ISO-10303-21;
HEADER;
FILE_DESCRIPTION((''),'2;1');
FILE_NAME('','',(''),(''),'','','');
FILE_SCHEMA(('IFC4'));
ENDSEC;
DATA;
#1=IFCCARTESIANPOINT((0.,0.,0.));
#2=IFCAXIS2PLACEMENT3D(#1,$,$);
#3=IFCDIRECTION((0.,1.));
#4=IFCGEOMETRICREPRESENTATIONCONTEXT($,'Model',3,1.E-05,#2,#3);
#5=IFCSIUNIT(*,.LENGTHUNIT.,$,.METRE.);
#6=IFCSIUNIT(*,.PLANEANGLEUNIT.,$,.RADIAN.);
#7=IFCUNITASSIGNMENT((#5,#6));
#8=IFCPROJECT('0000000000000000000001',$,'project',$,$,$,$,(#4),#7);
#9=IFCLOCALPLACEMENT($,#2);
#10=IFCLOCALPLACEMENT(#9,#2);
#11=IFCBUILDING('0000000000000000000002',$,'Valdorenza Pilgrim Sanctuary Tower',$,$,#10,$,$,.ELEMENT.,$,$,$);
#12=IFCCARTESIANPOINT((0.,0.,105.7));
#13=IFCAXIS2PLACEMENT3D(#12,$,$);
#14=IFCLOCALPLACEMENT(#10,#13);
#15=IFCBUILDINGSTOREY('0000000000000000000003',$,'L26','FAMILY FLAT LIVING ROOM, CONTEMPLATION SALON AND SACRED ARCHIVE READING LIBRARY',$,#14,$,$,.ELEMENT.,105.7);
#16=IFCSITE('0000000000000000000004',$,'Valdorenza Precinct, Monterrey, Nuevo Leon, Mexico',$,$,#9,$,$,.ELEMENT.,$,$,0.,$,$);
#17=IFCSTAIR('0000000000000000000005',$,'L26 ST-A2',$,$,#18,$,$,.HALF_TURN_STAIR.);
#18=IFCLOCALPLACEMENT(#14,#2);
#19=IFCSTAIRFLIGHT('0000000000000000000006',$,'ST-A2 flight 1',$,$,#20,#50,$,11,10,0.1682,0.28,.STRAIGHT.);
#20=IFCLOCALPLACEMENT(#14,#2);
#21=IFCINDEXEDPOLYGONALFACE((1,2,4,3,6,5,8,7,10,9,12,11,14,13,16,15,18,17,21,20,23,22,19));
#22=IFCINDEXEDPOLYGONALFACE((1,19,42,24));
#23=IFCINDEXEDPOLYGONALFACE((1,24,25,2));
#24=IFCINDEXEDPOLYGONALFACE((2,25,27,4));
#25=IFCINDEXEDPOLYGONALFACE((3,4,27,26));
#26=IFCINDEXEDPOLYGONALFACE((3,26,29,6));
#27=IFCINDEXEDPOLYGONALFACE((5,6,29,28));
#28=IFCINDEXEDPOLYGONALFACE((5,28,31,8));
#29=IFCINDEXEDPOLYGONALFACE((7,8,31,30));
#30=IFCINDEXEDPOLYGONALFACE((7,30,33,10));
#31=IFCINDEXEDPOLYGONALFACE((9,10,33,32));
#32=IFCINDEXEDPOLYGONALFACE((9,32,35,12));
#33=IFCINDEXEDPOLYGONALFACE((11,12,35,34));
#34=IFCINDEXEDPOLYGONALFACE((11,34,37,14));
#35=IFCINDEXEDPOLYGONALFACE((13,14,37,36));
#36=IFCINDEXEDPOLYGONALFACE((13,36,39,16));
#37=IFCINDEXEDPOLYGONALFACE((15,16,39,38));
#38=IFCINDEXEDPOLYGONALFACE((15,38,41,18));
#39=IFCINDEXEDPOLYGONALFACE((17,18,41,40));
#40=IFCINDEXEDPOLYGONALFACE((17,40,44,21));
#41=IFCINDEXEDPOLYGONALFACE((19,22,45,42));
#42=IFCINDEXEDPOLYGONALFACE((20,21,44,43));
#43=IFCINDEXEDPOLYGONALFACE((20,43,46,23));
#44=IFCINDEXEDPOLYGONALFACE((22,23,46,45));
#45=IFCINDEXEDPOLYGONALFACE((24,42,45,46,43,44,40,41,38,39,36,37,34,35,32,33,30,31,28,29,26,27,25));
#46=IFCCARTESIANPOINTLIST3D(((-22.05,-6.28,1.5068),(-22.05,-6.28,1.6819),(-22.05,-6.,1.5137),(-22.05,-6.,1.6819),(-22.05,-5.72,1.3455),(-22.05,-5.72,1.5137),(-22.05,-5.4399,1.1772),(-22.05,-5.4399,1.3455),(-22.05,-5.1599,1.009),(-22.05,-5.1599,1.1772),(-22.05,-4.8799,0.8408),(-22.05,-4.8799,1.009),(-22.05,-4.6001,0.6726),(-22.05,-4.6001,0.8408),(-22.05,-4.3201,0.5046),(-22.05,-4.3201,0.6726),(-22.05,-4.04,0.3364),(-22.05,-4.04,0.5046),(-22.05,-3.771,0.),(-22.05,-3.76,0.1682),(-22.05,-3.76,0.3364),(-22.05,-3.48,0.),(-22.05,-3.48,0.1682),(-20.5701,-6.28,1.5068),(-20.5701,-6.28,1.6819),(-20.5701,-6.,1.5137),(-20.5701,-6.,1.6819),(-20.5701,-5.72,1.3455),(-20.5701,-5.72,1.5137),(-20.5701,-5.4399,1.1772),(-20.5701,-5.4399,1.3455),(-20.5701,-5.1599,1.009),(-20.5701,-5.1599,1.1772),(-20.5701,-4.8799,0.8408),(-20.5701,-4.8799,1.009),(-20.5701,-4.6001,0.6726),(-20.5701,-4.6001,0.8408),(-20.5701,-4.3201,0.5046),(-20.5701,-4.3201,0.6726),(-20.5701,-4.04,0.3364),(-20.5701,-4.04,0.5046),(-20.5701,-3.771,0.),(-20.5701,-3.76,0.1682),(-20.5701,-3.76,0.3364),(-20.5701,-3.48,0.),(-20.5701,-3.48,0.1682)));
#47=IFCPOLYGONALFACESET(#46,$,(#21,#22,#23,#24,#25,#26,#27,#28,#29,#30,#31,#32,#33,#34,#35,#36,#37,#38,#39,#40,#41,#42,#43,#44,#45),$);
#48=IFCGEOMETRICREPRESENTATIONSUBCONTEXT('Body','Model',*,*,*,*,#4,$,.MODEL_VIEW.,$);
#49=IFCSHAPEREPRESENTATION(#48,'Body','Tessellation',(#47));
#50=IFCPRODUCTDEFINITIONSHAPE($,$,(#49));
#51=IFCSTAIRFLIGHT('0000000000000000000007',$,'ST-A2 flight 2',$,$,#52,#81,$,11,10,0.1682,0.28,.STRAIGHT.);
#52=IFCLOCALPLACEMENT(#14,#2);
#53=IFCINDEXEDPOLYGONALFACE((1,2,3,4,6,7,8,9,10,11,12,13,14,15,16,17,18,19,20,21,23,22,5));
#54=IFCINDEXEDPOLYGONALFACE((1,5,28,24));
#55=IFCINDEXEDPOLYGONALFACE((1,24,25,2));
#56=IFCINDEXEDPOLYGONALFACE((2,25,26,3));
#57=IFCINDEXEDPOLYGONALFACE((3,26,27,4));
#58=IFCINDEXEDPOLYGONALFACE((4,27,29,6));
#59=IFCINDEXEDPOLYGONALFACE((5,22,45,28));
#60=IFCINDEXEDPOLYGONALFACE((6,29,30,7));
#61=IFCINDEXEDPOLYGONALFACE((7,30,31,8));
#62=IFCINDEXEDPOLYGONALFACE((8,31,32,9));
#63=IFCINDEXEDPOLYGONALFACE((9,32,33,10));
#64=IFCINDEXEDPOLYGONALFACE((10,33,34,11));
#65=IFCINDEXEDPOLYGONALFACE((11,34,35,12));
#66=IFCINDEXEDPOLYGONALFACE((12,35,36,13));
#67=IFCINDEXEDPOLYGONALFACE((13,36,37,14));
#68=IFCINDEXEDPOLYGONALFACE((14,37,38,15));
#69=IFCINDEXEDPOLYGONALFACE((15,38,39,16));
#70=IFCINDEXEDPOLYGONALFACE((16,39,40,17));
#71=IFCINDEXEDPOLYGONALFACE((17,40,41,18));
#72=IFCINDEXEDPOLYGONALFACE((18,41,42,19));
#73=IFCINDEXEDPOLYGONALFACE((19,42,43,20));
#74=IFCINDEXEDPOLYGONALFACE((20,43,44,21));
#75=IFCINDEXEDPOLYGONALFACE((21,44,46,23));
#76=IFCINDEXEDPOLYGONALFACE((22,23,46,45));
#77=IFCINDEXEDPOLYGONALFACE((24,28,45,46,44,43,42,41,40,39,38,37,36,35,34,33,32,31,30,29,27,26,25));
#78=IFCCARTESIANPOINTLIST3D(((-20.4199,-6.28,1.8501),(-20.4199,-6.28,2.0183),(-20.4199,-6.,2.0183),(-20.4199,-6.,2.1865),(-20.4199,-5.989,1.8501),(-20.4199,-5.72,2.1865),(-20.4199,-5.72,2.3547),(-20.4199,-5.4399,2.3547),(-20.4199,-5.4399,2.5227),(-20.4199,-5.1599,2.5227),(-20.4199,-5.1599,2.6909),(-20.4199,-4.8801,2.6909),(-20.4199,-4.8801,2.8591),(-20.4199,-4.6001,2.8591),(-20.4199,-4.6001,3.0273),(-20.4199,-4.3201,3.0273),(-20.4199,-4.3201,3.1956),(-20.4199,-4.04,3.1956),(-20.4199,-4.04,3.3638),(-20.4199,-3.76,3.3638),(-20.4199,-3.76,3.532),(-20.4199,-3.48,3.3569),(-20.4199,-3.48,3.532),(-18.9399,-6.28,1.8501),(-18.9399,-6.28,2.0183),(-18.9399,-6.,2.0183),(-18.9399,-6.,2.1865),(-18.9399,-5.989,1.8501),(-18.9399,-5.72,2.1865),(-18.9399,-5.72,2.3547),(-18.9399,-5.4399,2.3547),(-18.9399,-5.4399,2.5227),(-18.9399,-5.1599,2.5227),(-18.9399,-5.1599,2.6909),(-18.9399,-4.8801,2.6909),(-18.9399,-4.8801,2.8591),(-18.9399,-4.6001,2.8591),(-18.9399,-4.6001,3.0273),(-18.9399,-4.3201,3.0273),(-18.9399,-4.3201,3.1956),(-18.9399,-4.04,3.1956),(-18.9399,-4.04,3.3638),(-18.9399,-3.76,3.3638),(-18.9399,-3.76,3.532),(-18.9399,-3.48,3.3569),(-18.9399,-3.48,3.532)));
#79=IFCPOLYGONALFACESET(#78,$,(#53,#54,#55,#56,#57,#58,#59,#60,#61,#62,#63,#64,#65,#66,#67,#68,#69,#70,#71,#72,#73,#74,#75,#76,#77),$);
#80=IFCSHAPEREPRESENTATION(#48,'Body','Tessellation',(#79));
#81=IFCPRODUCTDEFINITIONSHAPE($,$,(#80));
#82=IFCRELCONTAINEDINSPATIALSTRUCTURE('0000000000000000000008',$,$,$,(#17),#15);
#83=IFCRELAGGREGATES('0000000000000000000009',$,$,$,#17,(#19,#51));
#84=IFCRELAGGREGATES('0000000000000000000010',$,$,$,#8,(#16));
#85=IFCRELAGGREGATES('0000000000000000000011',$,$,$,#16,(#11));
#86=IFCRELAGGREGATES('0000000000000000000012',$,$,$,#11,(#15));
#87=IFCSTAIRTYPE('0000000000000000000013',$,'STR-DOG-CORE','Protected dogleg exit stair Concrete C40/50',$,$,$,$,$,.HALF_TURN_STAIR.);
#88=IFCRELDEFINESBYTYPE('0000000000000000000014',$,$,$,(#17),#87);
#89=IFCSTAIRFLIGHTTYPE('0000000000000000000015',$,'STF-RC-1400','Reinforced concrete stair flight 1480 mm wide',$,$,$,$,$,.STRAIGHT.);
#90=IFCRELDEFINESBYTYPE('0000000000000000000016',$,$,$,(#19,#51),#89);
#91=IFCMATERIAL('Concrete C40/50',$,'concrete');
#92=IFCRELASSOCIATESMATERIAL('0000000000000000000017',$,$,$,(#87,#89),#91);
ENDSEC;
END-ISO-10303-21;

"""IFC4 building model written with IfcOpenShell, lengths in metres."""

from ifc_helpers import new_model, si_unit, direction, frame, origin, place, context, subcontext, project, spatial, polyline, outline, extrude, material, type_object, element, aggregate, save


model = new_model("IFC4")

# Units and contexts
model_context = context("Model", 3, precision=1e-05, world=origin(), true_north=direction((0.0, 1.0)))
body_context = subcontext(model_context, "Body", "Model", "MODEL_VIEW")
ifc_project = project(units=[si_unit("LENGTHUNIT", "METRE"), si_unit("PLANEANGLEUNIT", "RADIAN")], contexts=[model_context])

# Site, building, storey
site_placement = place(None, origin())
site = spatial("IfcSite", under=ifc_project, at=site_placement, Name="Valdorenza Precinct, Monterrey, Nuevo Leon, Mexico", CompositionType="ELEMENT", RefElevation=0.0)
building_placement = place(site_placement, origin())
building = spatial("IfcBuilding", under=site, at=building_placement, Name="Valdorenza Pilgrim Sanctuary Tower", CompositionType="ELEMENT")
storey_placement = place(building_placement, frame((0.0, 0.0, 105.7)))
storey = spatial("IfcBuildingStorey", under=building, at=storey_placement, Name="L26", Description="FAMILY FLAT LIVING ROOM, CONTEMPLATION SALON AND SACRED ARCHIVE READING LIBRARY", CompositionType="ELEMENT", Elevation=105.7)

# Shared definitions
ifc_material_1 = material(Name="Concrete C40/50", Category="concrete")

# Stair, stair flights
stair_type = type_object("IfcStairType", Name="STR-DOG-CORE", Description="Protected dogleg exit stair Concrete C40/50", PredefinedType="HALF_TURN_STAIR", material=ifc_material_1)
stair_placement = place(storey_placement, origin())
stair = element("IfcStair", 1, at=stair_placement, inside=storey, type_object=stair_type, Name="L26 ST-A2", PredefinedType="HALF_TURN_STAIR")
stair_flight_type = type_object("IfcStairFlightType", Name="STF-RC-1400", Description="Reinforced concrete stair flight 1480 mm wide", PredefinedType="STRAIGHT", material=ifc_material_1)
stair_flight_1_placement = place(storey_placement, frame((-21.3101, -3.48, 0.0), z_axis=(0.0, 0.0, 1.0), x_axis=(0.0, -1.0, 0.0)))
stair_flight_1 = element("IfcStairFlight", 2, at=stair_flight_1_placement, type_object=stair_flight_type, Name="ST-A2 flight 1", NumberOfRisers=11, NumberOfTreads=10, PredefinedType="STRAIGHT", RiserHeight=0.1682, TreadLength=0.28, context=body_context, shape_type="SweptSolid", body=[
    extrude(outline(polyline([(0.0, 0.0), (0.0, 0.1682), (0.28, 0.1682), (0.28, 0.3364), (0.5601, 0.3364), (0.5601, 0.5046), (0.8401, 0.5046), (0.8401, 0.6726), (1.1201, 0.6726), (1.1201, 0.8408), (1.3999, 0.8408), (1.3999, 1.009), (1.6799, 1.009), (1.6799, 1.1772), (1.96, 1.1772), (1.96, 1.3455), (2.24, 1.3455), (2.24, 1.5137), (2.52, 1.5137), (2.52, 1.6819), (2.8, 1.6819), (2.8, 1.8501), (2.8, 1.5068), (0.291, 0.0), (0.0, 0.0)])), frame((0.0, 0.74, 0.0), z_axis=(0.0, -1.0, 0.0), x_axis=(1.0, 0.0, 0.0)), (0.0, 0.0, 1.0), 1.48),
])
stair_flight_2_placement = place(storey_placement, frame((-19.6799, -6.28, 1.8501), z_axis=(0.0, 0.0, 1.0), x_axis=(0.0, 1.0, 0.0)))
stair_flight_2 = element("IfcStairFlight", 3, at=stair_flight_2_placement, type_object=stair_flight_type, Name="ST-A2 flight 2", NumberOfRisers=11, NumberOfTreads=10, PredefinedType="STRAIGHT", RiserHeight=0.1682, TreadLength=0.28, context=body_context, shape_type="SweptSolid", body=[
    extrude(outline(polyline([(0.0, 0.0), (0.0, 0.1682), (0.28, 0.1682), (0.28, 0.3364), (0.5601, 0.3364), (0.5601, 0.5046), (0.8401, 0.5046), (0.8401, 0.6726), (1.1201, 0.6726), (1.1201, 0.8408), (1.3999, 0.8408), (1.3999, 1.009), (1.6799, 1.009), (1.6799, 1.1772), (1.96, 1.1772), (1.96, 1.3455), (2.24, 1.3455), (2.24, 1.5137), (2.52, 1.5137), (2.52, 1.6819), (2.8, 1.6819), (2.8, 1.8501), (2.8, 1.5068), (0.291, 0.0), (0.0, 0.0)])), frame((0.0, 0.74, 0.0), z_axis=(0.0, -1.0, 0.0), x_axis=(1.0, 0.0, 0.0)), (0.0, 0.0, 1.0), 1.48),
])
aggregate(stair, [stair_flight_1, stair_flight_2])

save(model, "model.ifc")
